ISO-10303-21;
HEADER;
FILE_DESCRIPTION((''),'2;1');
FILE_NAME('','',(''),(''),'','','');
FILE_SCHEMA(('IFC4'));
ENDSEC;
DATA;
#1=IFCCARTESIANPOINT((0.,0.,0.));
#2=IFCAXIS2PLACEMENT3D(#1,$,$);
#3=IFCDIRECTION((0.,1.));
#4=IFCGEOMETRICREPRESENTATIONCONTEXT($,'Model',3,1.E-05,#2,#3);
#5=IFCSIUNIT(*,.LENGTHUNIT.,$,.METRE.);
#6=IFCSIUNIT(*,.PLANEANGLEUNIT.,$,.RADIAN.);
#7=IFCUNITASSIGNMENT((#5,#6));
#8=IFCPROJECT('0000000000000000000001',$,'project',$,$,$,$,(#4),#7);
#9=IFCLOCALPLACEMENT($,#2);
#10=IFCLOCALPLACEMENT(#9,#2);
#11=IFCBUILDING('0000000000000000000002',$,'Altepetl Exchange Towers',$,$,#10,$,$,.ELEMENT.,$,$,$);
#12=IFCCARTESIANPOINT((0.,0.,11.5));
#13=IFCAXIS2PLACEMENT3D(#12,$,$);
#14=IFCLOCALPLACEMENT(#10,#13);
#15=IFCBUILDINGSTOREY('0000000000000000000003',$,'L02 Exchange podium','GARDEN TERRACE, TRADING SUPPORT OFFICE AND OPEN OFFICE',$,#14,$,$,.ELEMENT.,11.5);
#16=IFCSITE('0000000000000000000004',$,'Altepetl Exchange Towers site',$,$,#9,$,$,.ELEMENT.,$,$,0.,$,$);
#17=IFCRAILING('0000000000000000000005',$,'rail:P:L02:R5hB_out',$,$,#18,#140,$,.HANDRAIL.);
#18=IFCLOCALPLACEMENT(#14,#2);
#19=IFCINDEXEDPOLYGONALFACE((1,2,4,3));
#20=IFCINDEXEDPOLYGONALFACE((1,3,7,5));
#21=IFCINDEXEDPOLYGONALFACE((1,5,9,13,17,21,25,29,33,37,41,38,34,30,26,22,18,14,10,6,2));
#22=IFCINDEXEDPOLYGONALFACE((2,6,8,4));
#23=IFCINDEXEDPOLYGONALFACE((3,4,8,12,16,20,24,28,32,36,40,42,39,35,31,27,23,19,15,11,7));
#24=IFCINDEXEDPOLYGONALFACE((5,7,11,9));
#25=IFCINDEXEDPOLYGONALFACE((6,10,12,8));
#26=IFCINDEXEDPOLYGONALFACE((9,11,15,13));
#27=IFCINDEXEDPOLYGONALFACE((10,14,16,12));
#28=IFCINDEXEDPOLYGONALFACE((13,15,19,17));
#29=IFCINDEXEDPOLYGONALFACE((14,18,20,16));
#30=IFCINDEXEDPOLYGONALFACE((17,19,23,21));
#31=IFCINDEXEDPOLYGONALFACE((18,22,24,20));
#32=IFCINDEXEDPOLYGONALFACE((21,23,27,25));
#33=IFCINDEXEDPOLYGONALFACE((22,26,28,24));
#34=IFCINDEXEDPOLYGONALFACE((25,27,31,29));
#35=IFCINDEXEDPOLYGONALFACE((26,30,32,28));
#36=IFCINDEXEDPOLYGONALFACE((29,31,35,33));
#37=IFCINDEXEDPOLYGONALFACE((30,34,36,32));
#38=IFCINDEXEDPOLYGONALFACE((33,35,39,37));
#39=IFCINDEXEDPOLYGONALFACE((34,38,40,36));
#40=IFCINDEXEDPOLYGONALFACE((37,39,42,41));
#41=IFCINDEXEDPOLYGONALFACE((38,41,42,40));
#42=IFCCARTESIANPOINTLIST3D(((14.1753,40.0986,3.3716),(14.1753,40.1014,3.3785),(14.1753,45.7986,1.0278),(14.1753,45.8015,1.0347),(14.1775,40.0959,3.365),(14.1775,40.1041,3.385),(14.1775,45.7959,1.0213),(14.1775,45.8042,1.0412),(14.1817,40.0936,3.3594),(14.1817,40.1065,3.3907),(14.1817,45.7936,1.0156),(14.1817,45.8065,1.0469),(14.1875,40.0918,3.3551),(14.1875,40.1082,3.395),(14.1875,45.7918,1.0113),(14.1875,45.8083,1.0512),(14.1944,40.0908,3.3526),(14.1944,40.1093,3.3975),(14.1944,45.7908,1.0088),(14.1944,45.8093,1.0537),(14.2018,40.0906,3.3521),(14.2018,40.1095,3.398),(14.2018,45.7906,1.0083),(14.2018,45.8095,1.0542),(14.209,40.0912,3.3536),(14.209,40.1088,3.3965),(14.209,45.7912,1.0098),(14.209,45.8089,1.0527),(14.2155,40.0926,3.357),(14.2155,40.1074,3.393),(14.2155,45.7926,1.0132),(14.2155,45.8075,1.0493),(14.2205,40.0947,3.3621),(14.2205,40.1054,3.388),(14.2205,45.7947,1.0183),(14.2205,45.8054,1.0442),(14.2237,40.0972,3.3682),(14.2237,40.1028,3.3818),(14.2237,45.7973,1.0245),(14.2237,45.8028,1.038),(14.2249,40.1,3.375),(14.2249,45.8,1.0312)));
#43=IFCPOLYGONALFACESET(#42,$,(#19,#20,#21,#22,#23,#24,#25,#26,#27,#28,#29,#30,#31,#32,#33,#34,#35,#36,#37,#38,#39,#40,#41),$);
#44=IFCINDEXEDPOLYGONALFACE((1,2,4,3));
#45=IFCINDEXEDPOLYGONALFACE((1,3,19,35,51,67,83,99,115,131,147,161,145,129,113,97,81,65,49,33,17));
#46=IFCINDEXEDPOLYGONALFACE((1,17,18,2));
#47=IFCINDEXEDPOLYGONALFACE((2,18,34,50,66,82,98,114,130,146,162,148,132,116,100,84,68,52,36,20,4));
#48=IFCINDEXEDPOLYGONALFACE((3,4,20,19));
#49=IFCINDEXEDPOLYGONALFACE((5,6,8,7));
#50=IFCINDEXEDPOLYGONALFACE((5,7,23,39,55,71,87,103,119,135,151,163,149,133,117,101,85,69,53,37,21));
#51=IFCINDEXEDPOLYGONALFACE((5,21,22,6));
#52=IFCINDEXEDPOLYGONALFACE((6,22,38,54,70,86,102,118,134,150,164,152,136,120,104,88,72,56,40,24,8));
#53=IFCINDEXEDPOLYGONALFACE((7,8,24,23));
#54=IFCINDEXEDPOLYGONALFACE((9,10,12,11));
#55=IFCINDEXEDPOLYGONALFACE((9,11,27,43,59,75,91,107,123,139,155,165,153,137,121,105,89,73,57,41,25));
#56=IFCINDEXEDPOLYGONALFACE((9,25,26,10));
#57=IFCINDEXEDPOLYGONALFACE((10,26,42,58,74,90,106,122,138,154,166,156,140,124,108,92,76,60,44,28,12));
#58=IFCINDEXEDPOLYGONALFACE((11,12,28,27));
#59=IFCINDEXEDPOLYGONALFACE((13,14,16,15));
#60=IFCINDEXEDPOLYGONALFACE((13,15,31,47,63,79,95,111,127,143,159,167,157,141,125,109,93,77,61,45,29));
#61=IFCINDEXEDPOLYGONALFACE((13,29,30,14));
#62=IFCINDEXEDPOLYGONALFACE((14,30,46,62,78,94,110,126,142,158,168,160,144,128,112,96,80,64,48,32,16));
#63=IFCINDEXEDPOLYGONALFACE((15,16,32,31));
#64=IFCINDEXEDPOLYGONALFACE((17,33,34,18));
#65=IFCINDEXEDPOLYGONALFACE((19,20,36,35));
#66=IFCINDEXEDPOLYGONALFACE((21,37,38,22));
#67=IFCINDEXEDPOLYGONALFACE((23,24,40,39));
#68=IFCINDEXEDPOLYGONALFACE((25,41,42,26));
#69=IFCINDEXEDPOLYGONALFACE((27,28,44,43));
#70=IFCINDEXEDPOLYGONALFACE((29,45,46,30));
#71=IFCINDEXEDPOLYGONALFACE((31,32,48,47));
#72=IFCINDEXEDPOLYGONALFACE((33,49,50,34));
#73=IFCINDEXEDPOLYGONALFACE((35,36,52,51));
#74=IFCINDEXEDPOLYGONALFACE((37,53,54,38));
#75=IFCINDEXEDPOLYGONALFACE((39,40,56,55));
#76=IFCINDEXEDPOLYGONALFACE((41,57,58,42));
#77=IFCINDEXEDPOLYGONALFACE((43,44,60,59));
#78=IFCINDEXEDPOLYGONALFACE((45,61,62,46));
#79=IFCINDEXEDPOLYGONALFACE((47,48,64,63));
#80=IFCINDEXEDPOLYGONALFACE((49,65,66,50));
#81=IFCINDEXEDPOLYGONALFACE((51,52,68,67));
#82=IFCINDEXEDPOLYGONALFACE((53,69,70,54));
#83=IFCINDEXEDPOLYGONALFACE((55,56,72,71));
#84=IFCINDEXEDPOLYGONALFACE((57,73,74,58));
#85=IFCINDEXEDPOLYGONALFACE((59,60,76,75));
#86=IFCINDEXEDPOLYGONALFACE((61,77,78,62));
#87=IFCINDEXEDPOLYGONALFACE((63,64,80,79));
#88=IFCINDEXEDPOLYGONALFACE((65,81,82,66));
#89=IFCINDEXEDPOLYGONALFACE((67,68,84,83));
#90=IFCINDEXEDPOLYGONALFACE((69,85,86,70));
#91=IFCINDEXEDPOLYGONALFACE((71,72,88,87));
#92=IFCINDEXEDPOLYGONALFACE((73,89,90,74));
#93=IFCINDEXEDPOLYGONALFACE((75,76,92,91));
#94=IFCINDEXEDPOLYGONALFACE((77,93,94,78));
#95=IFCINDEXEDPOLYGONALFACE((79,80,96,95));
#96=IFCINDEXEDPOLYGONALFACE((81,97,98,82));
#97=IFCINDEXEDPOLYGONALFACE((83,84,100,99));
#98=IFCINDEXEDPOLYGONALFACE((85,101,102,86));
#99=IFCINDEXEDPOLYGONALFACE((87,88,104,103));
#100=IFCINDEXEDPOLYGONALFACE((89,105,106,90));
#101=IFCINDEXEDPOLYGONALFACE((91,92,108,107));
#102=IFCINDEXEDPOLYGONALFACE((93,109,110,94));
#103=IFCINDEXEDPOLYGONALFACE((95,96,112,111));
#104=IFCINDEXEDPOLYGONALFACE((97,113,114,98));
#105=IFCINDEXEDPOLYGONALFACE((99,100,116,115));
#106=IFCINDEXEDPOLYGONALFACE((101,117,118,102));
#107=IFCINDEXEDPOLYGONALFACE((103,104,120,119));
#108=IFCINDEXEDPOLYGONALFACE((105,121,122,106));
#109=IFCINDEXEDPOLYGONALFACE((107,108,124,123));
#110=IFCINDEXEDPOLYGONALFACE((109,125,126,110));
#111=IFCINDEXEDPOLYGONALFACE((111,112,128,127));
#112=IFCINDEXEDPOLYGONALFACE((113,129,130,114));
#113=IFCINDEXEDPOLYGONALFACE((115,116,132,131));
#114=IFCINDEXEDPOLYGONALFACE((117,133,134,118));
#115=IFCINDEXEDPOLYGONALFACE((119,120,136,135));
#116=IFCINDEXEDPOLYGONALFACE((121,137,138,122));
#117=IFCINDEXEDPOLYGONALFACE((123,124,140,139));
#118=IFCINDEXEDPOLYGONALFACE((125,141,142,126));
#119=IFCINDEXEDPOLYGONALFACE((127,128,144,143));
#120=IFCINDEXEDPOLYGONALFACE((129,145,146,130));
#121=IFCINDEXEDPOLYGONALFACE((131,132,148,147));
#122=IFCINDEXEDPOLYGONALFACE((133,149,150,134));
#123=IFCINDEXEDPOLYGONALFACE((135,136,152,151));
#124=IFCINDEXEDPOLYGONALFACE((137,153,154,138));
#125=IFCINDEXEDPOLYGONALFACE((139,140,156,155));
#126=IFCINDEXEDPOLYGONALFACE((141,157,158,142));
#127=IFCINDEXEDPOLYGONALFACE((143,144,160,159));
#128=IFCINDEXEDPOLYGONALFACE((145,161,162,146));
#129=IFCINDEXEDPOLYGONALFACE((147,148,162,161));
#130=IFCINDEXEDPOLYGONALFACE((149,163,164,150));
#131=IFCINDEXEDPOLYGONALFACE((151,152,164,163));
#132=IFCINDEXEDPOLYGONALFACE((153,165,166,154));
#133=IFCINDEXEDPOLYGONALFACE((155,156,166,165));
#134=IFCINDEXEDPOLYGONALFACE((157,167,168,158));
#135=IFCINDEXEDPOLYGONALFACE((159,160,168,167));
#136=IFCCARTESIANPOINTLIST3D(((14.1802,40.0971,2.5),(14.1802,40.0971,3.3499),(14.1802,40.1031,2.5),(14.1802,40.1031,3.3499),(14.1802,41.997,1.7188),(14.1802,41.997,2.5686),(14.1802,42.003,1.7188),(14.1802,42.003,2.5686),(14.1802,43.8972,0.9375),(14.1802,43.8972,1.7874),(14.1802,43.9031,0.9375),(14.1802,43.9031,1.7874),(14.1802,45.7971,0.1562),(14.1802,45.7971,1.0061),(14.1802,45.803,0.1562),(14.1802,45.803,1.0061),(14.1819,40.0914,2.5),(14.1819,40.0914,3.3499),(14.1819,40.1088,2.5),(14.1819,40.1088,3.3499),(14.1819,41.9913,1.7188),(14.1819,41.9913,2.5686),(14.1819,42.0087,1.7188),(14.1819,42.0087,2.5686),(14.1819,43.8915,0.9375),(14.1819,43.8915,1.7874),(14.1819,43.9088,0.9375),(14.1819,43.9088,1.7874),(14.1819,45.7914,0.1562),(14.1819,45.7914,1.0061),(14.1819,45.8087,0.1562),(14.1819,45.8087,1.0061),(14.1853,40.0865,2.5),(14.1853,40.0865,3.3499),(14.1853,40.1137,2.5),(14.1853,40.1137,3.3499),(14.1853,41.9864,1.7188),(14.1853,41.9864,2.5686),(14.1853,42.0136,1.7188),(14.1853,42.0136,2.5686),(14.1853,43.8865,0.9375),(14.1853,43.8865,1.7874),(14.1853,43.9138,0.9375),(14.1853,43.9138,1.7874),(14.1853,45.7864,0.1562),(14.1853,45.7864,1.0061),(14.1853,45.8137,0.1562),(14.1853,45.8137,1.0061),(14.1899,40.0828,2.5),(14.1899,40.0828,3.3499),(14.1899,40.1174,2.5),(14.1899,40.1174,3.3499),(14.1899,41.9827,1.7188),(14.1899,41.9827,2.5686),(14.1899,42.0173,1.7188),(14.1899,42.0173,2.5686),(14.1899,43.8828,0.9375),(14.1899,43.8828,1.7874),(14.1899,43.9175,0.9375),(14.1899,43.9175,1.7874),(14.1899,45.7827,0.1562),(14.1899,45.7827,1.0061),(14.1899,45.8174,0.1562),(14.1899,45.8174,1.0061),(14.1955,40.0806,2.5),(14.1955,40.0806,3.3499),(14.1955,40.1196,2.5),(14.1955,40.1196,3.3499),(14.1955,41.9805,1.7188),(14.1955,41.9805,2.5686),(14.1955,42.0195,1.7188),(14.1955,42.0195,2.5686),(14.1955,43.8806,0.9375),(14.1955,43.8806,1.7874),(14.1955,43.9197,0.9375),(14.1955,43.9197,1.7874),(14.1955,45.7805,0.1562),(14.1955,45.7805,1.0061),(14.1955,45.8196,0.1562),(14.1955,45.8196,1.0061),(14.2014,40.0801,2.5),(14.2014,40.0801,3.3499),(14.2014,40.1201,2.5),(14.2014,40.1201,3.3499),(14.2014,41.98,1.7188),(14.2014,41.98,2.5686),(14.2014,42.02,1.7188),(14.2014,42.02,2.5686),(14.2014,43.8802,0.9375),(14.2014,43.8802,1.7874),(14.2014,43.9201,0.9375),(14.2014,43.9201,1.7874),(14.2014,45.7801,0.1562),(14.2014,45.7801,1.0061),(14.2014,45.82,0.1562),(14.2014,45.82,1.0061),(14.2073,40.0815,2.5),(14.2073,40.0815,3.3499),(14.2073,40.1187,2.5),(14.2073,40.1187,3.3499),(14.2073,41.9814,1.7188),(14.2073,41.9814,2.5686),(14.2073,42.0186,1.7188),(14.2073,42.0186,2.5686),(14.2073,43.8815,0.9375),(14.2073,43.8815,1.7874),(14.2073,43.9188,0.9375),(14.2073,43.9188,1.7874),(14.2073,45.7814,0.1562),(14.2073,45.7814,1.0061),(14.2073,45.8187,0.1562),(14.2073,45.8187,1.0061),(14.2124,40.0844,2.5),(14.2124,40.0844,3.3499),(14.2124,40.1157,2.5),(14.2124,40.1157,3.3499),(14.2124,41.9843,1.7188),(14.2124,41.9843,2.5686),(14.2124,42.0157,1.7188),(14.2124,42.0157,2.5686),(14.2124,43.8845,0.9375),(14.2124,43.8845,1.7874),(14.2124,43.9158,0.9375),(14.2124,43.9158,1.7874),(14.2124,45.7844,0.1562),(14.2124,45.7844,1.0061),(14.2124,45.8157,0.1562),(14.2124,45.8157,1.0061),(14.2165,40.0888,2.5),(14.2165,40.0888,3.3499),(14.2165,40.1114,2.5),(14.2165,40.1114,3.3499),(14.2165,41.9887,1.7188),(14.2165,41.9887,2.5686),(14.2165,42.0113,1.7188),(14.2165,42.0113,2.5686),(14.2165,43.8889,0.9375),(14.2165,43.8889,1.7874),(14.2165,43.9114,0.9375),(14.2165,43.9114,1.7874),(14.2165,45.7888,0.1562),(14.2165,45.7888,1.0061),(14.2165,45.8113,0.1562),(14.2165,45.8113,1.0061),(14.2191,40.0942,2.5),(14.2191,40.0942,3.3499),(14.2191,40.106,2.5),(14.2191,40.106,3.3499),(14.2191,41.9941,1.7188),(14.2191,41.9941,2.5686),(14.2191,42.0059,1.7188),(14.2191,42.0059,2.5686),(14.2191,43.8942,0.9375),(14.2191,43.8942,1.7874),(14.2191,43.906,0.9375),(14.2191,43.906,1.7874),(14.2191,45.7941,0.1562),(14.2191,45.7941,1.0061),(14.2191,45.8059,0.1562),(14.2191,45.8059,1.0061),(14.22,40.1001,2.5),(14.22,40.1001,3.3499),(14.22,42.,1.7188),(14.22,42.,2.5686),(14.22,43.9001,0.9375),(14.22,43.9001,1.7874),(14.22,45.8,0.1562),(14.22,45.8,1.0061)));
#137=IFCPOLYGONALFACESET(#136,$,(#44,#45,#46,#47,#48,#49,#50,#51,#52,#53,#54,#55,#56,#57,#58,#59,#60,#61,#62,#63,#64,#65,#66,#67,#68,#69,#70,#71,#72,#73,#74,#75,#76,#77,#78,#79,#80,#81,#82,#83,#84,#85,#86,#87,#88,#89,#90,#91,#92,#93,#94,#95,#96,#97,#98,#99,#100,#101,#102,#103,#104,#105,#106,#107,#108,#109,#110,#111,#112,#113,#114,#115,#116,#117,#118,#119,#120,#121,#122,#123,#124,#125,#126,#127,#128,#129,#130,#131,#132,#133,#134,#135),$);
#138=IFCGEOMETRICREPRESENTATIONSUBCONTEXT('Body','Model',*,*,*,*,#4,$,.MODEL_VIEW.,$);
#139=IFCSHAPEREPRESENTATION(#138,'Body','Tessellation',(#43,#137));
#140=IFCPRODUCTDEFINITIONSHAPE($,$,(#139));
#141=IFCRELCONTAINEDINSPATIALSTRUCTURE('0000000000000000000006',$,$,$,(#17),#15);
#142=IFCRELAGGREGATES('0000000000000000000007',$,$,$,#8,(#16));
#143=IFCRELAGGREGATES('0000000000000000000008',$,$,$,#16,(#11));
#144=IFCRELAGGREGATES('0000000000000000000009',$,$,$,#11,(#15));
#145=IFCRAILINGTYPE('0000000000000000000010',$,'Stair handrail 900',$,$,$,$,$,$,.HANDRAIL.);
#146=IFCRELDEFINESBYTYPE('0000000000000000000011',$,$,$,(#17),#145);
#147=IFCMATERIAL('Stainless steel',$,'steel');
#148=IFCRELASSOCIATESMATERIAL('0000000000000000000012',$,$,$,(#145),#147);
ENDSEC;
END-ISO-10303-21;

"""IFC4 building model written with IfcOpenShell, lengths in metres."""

from ifc_helpers import new_model, si_unit, direction, frame, origin, origin_2d, place, context, subcontext, project, spatial, circle, extrude, source, transform, mapped, material, type_object, element, save


model = new_model("IFC4")

# Units and contexts
model_context = context("Model", 3, precision=1e-05, world=origin(), true_north=direction((0.0, 1.0)))
body_context = subcontext(model_context, "Body", "Model", "MODEL_VIEW")
ifc_project = project(units=[si_unit("LENGTHUNIT", "METRE"), si_unit("PLANEANGLEUNIT", "RADIAN")], contexts=[model_context])

# Site, building, storey
site_placement = place(None, origin())
site = spatial("IfcSite", under=ifc_project, at=site_placement, Name="Altepetl Exchange Towers site", CompositionType="ELEMENT", RefElevation=0.0)
building_placement = place(site_placement, origin())
building = spatial("IfcBuilding", under=site, at=building_placement, Name="Altepetl Exchange Towers", CompositionType="ELEMENT")
storey_placement = place(building_placement, frame((0.0, 0.0, 11.5)))
storey = spatial("IfcBuildingStorey", under=building, at=storey_placement, Name="L02 Exchange podium", Description="GARDEN TERRACE, TRADING SUPPORT OFFICE AND OPEN OFFICE", CompositionType="ELEMENT", Elevation=11.5)

# Railing
ifc_material_1 = material(Name="Stainless steel", Category="steel")
railing_type_1 = type_object("IfcRailingType", Name="Stair handrail 900", PredefinedType="HANDRAIL", material=ifc_material_1)
shared_shape_1 = source(origin(), body_context, "Body", "SweptSolid", [
    extrude(circle(Radius=0.02, at=origin_2d()), origin(), (0.0, 0.0, 1.0), 0.8499),
])
for number, where, name in (
    (1, (14.2, 45.8, 0.1562), "rail:P:L02:R5hB_out"),
):
    element("IfcRailing", number, at=place(storey_placement, frame(where)), inside=storey, type_object=railing_type_1, Name=name, PredefinedType="HANDRAIL", context=body_context, shape_type="SweptSolid", body=[
        extrude(circle(Radius=0.0249, at=origin_2d()), frame((0.0, 0.0, 0.875), z_axis=(0.0, -0.924866, 0.380293), x_axis=(1.0, 0.0, 0.0)), (0.0, 0.0, 1.0), 6.1631),
        mapped(shared_shape_1, transform((0.0, 0.0, 0.0))),
        mapped(shared_shape_1, transform((0.0, -1.8999, 0.7812))),
        mapped(shared_shape_1, transform((0.0, -3.8, 1.5625))),
        mapped(shared_shape_1, transform((0.0, -5.7, 2.3438))),
    ])

save(model, "model.ifc")
